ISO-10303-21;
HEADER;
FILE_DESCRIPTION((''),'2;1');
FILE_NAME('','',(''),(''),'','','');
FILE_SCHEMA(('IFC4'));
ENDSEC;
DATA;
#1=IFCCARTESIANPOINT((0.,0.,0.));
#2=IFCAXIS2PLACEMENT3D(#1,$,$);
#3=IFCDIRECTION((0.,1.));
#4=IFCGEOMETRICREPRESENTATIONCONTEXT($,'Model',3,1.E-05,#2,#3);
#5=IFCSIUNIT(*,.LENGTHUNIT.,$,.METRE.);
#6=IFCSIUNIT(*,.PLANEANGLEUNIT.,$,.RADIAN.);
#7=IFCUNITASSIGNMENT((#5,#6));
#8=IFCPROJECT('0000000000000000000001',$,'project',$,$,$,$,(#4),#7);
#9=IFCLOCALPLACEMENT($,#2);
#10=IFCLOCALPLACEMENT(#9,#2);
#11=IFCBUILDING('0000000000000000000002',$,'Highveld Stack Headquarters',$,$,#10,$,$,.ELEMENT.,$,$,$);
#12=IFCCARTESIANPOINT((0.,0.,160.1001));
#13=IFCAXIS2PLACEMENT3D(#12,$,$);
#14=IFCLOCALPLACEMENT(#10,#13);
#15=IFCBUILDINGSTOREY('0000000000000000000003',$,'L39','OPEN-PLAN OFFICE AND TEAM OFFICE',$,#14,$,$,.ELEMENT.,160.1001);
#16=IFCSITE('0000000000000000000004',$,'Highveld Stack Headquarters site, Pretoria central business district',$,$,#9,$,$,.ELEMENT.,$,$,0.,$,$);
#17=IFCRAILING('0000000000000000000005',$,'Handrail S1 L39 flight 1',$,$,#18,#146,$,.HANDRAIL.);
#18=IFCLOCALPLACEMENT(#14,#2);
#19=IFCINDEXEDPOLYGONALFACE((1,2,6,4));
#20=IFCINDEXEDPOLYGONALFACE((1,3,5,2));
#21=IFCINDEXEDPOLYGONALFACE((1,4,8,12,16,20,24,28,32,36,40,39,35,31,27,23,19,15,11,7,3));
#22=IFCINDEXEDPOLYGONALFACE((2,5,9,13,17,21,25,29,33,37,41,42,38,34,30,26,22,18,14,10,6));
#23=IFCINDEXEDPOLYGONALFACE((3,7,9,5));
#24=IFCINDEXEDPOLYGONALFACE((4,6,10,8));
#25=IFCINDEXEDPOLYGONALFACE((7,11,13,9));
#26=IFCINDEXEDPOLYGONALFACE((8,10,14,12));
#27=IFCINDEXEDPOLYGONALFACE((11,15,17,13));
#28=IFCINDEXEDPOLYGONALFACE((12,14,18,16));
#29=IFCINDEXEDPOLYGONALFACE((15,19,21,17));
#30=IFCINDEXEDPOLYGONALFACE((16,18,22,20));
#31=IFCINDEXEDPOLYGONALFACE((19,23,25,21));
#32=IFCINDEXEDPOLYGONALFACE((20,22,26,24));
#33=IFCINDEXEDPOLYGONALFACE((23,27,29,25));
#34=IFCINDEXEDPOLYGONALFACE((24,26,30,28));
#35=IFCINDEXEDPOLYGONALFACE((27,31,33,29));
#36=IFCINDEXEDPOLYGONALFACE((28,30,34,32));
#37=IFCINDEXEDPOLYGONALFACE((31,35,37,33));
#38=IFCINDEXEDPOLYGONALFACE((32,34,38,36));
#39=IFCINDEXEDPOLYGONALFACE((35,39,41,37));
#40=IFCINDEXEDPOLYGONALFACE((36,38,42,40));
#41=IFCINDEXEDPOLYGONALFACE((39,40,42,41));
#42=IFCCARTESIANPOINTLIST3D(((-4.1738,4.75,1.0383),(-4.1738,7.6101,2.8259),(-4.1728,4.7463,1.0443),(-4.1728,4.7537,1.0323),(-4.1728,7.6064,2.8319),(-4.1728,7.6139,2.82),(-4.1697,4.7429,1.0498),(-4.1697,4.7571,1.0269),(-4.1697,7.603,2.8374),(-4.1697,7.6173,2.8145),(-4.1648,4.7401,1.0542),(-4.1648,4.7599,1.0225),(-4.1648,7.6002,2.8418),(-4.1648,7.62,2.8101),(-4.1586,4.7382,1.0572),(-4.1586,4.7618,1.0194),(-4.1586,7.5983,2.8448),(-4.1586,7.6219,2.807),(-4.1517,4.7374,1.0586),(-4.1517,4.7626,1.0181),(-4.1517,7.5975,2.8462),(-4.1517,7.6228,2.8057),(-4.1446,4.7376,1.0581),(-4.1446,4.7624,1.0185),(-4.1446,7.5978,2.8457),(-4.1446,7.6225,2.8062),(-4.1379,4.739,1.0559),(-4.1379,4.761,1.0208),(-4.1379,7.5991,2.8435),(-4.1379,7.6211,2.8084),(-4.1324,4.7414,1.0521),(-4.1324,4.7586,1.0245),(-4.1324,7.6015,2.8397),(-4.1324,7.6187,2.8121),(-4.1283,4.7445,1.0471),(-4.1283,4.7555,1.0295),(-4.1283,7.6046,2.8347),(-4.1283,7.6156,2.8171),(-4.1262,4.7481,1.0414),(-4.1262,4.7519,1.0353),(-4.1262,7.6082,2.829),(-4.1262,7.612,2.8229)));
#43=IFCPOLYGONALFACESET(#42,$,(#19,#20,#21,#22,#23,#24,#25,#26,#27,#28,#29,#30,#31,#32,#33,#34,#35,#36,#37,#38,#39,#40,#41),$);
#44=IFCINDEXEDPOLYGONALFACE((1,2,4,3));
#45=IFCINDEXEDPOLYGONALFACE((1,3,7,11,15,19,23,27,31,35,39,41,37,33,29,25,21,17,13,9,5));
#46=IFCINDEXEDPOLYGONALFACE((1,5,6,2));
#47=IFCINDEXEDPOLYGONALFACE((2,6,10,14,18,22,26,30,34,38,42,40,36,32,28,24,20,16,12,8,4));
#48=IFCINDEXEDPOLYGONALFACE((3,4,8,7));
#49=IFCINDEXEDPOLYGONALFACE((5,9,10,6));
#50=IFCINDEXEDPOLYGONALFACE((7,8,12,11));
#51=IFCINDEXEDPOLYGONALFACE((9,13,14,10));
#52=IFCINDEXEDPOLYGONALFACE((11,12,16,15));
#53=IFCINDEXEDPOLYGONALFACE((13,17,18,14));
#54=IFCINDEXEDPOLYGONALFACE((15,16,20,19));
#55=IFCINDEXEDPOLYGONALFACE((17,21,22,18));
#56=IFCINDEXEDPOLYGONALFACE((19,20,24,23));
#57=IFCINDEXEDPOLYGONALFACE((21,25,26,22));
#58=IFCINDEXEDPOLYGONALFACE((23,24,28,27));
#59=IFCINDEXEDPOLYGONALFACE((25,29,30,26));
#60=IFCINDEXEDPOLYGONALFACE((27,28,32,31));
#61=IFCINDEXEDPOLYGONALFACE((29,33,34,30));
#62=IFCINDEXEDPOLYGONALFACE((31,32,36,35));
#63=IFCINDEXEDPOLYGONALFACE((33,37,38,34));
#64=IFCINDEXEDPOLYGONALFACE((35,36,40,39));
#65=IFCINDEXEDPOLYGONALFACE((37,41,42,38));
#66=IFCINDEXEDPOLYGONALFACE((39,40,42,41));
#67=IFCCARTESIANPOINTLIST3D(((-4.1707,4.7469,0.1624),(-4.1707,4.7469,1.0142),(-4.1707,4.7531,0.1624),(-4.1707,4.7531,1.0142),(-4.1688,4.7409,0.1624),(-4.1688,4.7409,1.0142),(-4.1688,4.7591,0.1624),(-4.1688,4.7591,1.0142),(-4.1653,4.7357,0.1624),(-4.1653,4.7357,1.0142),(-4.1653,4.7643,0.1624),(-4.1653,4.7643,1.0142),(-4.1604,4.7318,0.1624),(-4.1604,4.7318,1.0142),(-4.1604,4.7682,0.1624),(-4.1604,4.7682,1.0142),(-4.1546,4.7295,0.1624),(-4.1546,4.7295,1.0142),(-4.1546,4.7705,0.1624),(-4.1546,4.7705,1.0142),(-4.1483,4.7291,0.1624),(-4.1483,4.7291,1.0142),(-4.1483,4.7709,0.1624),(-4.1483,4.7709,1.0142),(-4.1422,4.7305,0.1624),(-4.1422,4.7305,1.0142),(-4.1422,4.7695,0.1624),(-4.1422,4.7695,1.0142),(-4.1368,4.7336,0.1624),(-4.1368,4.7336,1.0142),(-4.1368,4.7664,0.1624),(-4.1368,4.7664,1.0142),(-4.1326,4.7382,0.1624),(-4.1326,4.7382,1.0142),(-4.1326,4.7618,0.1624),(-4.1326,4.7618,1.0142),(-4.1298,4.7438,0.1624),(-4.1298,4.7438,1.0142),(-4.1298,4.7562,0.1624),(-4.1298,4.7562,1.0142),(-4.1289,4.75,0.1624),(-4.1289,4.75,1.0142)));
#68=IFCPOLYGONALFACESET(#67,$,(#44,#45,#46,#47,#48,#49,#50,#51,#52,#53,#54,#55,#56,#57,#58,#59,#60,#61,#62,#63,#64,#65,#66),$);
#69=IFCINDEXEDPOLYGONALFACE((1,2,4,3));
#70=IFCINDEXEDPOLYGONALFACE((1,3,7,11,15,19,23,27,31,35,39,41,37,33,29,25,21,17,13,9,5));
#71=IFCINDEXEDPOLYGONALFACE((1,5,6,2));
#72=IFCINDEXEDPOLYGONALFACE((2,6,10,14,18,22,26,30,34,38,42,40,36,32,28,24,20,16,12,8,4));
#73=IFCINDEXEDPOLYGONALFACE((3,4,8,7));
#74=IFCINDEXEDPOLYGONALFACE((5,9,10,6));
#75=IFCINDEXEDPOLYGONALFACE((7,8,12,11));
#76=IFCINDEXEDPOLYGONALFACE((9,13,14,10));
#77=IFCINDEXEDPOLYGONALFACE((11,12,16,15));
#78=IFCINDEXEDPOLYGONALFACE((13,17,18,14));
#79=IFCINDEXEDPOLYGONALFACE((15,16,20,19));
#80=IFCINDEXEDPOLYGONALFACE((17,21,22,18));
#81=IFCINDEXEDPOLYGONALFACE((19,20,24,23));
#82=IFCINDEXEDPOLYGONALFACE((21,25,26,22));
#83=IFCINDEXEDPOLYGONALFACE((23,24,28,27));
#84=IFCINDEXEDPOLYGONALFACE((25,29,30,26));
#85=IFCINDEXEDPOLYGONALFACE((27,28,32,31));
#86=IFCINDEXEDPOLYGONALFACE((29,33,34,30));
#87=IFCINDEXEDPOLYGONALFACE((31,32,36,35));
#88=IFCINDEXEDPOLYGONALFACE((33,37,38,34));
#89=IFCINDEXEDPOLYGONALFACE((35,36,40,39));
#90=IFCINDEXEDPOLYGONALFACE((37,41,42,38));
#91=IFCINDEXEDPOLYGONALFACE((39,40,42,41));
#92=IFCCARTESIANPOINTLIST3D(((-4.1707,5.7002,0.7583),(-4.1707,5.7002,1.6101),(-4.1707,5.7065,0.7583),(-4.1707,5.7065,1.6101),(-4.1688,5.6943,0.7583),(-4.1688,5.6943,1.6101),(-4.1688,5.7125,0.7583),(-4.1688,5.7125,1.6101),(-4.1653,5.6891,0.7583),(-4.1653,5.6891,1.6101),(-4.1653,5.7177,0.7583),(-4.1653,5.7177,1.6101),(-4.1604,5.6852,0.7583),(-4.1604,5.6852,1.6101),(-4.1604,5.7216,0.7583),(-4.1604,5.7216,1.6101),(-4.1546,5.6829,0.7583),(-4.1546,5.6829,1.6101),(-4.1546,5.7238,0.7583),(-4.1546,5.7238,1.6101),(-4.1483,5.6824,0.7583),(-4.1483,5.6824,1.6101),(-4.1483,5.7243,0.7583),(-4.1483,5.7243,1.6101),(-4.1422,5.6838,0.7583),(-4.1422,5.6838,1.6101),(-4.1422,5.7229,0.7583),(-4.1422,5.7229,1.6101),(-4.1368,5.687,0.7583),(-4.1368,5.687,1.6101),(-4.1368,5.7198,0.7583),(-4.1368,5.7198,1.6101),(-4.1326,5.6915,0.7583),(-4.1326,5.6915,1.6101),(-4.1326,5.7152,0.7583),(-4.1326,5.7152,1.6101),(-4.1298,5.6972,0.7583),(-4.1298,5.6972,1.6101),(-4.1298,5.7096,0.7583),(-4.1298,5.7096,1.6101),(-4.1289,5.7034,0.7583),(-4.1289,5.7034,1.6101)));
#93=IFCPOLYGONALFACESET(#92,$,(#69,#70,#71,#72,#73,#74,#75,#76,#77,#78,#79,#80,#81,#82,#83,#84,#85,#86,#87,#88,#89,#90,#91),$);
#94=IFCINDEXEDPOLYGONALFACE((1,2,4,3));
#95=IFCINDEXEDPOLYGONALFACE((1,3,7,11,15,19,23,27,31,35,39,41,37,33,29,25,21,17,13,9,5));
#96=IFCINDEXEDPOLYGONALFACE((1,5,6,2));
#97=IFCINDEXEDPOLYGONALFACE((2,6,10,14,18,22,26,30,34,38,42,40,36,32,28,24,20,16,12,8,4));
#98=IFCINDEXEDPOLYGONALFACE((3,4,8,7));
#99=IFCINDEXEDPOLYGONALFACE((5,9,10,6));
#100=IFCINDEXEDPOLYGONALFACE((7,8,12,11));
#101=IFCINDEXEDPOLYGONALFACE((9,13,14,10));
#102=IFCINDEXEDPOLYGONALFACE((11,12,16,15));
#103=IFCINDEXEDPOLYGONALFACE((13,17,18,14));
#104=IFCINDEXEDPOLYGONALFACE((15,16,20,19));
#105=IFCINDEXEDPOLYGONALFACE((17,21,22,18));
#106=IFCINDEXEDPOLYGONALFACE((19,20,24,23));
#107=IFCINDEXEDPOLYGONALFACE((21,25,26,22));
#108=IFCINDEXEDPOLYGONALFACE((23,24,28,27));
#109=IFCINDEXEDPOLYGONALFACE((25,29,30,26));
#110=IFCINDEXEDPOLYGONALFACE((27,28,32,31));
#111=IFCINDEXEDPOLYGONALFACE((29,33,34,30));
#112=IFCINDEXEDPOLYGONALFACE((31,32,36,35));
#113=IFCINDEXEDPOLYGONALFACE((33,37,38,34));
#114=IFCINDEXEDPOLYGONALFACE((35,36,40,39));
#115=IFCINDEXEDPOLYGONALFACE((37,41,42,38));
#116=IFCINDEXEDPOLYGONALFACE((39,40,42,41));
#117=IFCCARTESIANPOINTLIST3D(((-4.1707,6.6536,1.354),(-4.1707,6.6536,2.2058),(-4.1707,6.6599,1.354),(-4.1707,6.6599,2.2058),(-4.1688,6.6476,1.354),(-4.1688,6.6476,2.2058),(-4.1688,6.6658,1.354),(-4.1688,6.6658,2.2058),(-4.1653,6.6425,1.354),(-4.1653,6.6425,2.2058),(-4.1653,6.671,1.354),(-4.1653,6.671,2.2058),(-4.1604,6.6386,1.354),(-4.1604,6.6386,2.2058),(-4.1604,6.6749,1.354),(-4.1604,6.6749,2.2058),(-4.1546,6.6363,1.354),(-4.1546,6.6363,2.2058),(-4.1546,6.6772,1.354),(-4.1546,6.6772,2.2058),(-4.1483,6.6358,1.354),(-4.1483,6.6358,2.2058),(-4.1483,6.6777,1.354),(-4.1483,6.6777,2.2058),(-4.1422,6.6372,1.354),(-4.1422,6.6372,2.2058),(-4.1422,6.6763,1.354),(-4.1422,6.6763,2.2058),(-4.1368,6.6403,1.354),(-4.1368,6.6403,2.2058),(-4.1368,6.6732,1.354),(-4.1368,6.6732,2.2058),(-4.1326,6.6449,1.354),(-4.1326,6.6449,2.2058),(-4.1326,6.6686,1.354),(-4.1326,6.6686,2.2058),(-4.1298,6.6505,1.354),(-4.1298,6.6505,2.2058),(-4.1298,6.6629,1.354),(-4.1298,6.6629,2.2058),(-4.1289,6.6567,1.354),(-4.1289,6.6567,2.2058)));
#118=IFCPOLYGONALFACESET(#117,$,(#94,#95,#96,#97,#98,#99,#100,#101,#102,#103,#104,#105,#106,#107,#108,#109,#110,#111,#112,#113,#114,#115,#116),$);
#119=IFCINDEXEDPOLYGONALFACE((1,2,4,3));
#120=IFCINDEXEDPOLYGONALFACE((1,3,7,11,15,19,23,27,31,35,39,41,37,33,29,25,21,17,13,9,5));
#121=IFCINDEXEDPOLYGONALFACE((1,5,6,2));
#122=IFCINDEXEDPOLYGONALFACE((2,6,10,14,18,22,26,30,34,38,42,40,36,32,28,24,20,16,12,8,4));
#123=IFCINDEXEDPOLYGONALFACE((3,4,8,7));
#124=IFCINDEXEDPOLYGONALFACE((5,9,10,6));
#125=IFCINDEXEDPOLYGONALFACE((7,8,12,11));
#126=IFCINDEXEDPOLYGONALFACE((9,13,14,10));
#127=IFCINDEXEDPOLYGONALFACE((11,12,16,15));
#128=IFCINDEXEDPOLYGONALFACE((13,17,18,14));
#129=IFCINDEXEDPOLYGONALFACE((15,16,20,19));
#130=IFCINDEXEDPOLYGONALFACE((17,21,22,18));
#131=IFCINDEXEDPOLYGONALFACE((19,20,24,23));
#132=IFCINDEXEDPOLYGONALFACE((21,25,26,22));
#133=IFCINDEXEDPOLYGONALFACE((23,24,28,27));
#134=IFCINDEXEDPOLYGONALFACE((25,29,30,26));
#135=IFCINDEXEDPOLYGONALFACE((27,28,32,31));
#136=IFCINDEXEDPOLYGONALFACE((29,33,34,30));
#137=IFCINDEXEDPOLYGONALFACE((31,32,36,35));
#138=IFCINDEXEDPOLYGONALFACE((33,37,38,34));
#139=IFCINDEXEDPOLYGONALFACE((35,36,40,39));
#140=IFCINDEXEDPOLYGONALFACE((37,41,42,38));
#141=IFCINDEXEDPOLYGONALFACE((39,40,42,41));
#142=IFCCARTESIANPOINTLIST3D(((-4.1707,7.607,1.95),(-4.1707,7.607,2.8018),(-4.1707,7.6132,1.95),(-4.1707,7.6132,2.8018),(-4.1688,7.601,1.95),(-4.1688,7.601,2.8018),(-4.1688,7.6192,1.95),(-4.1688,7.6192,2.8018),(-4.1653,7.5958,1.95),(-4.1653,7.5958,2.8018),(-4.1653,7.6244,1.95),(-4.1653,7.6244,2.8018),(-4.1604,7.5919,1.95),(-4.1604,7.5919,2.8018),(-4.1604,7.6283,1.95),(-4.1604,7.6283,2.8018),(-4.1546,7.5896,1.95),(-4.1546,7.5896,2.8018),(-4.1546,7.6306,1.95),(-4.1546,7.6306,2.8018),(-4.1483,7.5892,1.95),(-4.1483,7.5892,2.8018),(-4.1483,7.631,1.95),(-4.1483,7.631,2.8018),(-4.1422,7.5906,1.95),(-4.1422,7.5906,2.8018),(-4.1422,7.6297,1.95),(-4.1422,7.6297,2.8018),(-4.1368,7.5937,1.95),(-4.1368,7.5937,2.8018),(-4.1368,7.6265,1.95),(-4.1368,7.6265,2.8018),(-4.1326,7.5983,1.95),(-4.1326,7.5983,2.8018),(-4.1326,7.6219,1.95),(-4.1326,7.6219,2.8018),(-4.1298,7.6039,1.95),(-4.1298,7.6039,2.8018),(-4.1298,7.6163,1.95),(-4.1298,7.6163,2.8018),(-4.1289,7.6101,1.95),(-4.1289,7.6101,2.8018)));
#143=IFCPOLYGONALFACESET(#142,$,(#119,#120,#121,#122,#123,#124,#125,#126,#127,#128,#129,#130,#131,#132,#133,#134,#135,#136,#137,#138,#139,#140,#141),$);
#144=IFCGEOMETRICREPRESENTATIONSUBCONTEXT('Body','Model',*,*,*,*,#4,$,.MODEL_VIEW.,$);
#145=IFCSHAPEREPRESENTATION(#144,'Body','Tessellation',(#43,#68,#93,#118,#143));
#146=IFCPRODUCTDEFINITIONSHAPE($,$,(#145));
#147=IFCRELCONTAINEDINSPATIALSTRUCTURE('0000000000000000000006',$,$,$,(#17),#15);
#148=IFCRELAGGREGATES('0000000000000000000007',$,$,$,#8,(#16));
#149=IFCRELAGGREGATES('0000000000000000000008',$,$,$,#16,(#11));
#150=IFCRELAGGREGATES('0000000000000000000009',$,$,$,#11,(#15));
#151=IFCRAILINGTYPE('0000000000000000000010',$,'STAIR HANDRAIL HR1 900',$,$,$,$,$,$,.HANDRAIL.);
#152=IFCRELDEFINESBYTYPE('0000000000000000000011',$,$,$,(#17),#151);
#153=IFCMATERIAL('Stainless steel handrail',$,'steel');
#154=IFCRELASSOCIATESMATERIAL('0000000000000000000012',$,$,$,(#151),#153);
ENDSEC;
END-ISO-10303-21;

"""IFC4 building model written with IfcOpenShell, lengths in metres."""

from ifc_helpers import new_model, si_unit, direction, frame, origin, origin_2d, place, context, subcontext, project, spatial, circle, extrude, material, type_object, element, save


model = new_model("IFC4")

# Units and contexts
model_context = context("Model", 3, precision=1e-05, world=origin(), true_north=direction((0.0, 1.0)))
body_context = subcontext(model_context, "Body", "Model", "MODEL_VIEW")
ifc_project = project(units=[si_unit("LENGTHUNIT", "METRE"), si_unit("PLANEANGLEUNIT", "RADIAN")], contexts=[model_context])

# Site, building, storey
site_placement = place(None, origin())
site = spatial("IfcSite", under=ifc_project, at=site_placement, Name="Highveld Stack Headquarters site, Pretoria central business district", CompositionType="ELEMENT", RefElevation=0.0)
building_placement = place(site_placement, origin())
building = spatial("IfcBuilding", under=site, at=building_placement, Name="Highveld Stack Headquarters", CompositionType="ELEMENT")
storey_placement = place(building_placement, frame((0.0, 0.0, 160.1001)))
storey = spatial("IfcBuildingStorey", under=building, at=storey_placement, Name="L39", Description="OPEN-PLAN OFFICE AND TEAM OFFICE", CompositionType="ELEMENT", Elevation=160.1001)

# Railing
ifc_material_1 = material(Name="Stainless steel handrail", Category="steel")
railing_type = type_object("IfcRailingType", Name="STAIR HANDRAIL HR1 900", PredefinedType="HANDRAIL", material=ifc_material_1)
for number, where, name in (
    (1, (-4.1499, 4.75, 0.1624), "Handrail S1 L39 flight 1"),
):
    element("IfcRailing", number, at=place(storey_placement, frame(where)), inside=storey, type_object=railing_type, Name=name, PredefinedType="HANDRAIL", context=body_context, shape_type="SweptSolid", body=[
        extrude(circle(Radius=0.0239, at=origin_2d()), frame((0.0, 0.0, 0.876), z_axis=(0.0, 0.847994, 0.530005), x_axis=(-1.0, 0.0, 0.0)), (0.0, 0.0, 1.0), 3.3728),
        extrude(circle(Radius=0.021, at=origin_2d()), origin(), (0.0, 0.0, 1.0), 0.8518),
        extrude(circle(Radius=0.021, at=origin_2d()), frame((0.0, 0.9534, 0.5959)), (0.0, 0.0, 1.0), 0.8518),
        extrude(circle(Radius=0.021, at=origin_2d()), frame((0.0, 1.9067, 1.1917)), (0.0, 0.0, 1.0), 0.8518),
        extrude(circle(Radius=0.021, at=origin_2d()), frame((0.0, 2.8601, 1.7876)), (0.0, 0.0, 1.0), 0.8518),
    ])

save(model, "model.ifc")
